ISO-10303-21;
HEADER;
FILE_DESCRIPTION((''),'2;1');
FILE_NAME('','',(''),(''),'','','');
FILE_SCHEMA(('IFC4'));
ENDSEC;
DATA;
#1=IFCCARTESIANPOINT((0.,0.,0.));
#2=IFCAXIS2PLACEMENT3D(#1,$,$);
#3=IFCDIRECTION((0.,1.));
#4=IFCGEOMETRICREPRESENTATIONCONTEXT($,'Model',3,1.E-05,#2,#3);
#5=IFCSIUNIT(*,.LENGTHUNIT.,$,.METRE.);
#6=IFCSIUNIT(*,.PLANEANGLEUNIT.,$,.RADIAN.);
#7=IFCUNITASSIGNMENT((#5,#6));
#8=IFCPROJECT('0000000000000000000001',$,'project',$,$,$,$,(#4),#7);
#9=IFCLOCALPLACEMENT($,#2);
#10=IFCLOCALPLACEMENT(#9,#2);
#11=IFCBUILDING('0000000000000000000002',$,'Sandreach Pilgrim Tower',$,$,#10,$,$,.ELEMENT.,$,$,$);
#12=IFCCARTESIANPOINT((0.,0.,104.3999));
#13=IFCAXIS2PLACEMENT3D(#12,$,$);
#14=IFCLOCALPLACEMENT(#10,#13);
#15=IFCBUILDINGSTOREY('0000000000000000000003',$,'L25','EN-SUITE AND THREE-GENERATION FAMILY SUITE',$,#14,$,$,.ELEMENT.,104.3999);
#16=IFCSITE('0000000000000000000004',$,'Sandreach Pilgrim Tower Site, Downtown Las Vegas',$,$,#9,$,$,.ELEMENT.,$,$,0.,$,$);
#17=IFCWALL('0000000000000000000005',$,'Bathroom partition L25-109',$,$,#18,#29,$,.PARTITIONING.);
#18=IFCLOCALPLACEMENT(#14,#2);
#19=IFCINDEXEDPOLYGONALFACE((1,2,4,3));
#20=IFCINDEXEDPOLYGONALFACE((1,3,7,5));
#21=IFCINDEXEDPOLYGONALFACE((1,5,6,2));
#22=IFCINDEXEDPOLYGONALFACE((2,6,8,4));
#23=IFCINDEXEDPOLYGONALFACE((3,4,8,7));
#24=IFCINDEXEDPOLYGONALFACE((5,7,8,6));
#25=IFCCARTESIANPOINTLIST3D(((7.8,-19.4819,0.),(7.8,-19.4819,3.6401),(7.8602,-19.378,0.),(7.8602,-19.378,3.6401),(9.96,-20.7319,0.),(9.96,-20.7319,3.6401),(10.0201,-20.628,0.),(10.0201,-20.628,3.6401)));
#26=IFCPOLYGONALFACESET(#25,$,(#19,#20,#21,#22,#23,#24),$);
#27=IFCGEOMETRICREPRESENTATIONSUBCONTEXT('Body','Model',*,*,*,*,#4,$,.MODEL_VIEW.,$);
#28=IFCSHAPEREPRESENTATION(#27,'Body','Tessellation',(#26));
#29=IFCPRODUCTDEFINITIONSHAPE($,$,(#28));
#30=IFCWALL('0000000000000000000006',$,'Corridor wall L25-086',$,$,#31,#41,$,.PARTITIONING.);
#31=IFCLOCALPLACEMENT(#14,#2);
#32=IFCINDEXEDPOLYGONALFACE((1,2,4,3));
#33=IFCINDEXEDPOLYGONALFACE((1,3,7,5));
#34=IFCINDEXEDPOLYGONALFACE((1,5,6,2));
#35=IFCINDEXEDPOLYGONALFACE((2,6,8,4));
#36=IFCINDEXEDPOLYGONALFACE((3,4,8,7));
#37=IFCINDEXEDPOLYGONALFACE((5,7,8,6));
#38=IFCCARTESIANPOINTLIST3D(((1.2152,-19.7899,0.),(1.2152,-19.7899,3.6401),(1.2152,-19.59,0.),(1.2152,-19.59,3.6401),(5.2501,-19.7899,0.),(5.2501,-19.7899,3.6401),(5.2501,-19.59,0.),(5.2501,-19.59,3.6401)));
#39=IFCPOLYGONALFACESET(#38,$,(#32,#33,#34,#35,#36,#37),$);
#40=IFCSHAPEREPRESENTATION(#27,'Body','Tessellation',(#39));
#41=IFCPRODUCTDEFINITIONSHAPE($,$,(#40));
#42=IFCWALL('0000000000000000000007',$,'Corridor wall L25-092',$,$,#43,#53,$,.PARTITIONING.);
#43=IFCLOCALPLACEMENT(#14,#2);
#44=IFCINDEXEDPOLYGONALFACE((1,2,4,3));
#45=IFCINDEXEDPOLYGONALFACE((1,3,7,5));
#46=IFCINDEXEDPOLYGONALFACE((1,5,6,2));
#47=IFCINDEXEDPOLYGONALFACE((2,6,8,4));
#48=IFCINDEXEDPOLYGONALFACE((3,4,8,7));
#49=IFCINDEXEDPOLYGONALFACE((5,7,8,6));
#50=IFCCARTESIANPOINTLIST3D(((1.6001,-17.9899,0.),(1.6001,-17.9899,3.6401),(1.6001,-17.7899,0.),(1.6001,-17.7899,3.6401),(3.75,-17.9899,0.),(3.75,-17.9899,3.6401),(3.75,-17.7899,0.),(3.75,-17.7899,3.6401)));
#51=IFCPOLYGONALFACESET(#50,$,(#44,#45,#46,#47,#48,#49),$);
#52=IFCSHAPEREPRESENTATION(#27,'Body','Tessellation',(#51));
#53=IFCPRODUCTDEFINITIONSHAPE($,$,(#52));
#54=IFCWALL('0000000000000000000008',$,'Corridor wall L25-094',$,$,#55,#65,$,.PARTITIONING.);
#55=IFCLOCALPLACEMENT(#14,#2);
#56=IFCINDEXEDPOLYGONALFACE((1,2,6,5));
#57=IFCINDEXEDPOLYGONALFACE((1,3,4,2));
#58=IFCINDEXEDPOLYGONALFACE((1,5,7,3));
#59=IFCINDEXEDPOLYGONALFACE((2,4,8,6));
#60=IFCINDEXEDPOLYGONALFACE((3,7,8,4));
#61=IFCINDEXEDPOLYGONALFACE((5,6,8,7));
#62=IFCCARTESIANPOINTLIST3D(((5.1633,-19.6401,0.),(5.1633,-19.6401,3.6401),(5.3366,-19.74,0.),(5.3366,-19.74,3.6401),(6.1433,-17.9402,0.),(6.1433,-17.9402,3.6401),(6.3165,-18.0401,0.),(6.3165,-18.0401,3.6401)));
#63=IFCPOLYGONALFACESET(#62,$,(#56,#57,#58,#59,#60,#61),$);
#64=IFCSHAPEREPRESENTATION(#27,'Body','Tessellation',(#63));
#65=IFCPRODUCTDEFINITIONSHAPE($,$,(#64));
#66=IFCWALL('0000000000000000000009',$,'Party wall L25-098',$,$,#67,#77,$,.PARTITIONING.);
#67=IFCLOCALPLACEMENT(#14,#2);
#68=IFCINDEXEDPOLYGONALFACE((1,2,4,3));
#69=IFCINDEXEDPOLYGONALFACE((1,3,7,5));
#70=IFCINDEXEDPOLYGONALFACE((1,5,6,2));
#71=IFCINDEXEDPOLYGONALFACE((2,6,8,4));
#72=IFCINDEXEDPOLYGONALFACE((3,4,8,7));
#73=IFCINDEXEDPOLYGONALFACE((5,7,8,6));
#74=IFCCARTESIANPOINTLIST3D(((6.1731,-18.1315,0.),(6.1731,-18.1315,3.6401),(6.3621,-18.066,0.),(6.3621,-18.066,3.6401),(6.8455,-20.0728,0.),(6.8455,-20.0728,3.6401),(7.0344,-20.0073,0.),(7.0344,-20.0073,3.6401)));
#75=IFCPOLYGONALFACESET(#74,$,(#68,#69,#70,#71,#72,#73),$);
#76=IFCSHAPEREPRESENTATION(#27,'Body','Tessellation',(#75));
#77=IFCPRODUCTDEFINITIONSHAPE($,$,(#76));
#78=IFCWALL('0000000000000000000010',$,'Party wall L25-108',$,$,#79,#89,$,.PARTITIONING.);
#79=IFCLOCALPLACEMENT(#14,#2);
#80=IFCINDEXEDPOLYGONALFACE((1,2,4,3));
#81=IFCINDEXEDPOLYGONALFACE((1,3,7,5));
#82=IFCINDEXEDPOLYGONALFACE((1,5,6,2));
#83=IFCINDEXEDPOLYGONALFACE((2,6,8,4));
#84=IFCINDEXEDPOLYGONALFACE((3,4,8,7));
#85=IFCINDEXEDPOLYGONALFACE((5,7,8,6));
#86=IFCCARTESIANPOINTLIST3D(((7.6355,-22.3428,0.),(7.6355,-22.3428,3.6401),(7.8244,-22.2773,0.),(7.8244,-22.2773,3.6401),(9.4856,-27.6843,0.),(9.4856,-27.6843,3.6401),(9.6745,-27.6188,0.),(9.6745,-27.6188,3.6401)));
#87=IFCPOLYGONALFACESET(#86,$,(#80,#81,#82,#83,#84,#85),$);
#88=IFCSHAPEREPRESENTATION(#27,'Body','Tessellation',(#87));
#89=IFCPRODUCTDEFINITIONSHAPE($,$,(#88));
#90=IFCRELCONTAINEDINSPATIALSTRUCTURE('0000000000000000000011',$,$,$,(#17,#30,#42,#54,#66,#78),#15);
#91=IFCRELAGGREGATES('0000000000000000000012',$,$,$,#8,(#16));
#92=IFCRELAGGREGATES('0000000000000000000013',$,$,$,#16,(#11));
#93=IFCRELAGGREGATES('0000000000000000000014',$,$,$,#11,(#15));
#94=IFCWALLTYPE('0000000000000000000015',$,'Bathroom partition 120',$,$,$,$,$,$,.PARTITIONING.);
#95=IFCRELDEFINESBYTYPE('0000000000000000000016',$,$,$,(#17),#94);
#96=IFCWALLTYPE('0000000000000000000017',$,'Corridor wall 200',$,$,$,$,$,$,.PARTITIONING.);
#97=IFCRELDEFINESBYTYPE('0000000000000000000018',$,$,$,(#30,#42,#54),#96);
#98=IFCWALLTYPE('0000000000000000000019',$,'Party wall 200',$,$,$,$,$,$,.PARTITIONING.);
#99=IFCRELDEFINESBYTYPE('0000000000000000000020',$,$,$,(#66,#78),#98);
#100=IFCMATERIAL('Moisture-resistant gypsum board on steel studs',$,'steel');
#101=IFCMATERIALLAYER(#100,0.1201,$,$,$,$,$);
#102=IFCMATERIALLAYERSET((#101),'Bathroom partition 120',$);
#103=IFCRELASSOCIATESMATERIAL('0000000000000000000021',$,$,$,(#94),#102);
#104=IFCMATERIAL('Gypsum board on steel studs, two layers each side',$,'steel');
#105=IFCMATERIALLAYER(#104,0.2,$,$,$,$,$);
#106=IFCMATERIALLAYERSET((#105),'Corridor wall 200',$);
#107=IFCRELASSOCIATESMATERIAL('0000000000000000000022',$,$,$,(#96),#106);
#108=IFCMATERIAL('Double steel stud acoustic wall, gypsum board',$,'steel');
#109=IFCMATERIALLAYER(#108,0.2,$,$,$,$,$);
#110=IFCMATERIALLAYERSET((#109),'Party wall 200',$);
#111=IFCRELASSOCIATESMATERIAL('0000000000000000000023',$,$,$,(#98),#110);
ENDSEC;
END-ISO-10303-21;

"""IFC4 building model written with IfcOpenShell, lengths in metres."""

from ifc_helpers import new_model, si_unit, direction, frame, frame_2d, origin, place, context, subcontext, project, spatial, rectangle, extrude, material, layer, layer_set, type_object, element, save


model = new_model("IFC4")

# Units and contexts
model_context = context("Model", 3, precision=1e-05, world=origin(), true_north=direction((0.0, 1.0)))
body_context = subcontext(model_context, "Body", "Model", "MODEL_VIEW")
ifc_project = project(units=[si_unit("LENGTHUNIT", "METRE"), si_unit("PLANEANGLEUNIT", "RADIAN")], contexts=[model_context])

# Site, building, storey
site_placement = place(None, origin())
site = spatial("IfcSite", under=ifc_project, at=site_placement, Name="Sandreach Pilgrim Tower Site, Downtown Las Vegas", CompositionType="ELEMENT", RefElevation=0.0)
building_placement = place(site_placement, origin())
building = spatial("IfcBuilding", under=site, at=building_placement, Name="Sandreach Pilgrim Tower", CompositionType="ELEMENT")
storey_placement = place(building_placement, frame((0.0, 0.0, 104.3999)))
storey = spatial("IfcBuildingStorey", under=building, at=storey_placement, Name="L25", Description="EN-SUITE AND THREE-GENERATION FAMILY SUITE", CompositionType="ELEMENT", Elevation=104.3999)

# Shared definitions
ifc_material_1 = material(Name="Moisture-resistant gypsum board on steel studs", Category="steel")
ifc_layer_1 = layer(ifc_material_1, 0.1201)
ifc_layer_set_1 = layer_set([ifc_layer_1], Name="Bathroom partition 120")
wall_type_1 = type_object("IfcWallType", Name="Bathroom partition 120", PredefinedType="PARTITIONING", material=ifc_layer_set_1)

# Wall
wall_1_placement = place(storey_placement, frame((7.8301, -19.4299, 0.0), z_axis=(0.0, 0.0, 1.0), x_axis=(0.865509, -0.500894, 0.0)))
element("IfcWall", 1, at=wall_1_placement, inside=storey, type_object=wall_type_1, Name="Bathroom partition L25-109", PredefinedType="PARTITIONING", context=body_context, shape_type="SweptSolid", body=[
    extrude(rectangle(XDim=2.4956, YDim=0.1201, at=frame_2d((1.2478, 0.0))), origin(), (0.0, 0.0, 1.0), 3.6401),
])

# Shared definitions
ifc_material_2 = material(Name="Gypsum board on steel studs, two layers each side", Category="steel")
ifc_layer_2 = layer(ifc_material_2, 0.2)
ifc_layer_set_2 = layer_set([ifc_layer_2], Name="Corridor wall 200")
wall_type_2 = type_object("IfcWallType", Name="Corridor wall 200", PredefinedType="PARTITIONING", material=ifc_layer_set_2)

# Wall
wall_2_placement = place(storey_placement, frame((1.2151, -19.6899, 0.0), z_axis=(0.0, 0.0, 1.0), x_axis=(1.0, 0.0, 0.0)))
element("IfcWall", 2, at=wall_2_placement, inside=storey, type_object=wall_type_2, Name="Corridor wall L25-086", PredefinedType="PARTITIONING", context=body_context, shape_type="SweptSolid", body=[
    extrude(rectangle(XDim=4.0349, YDim=0.2, at=frame_2d((2.0176, 0.0))), origin(), (0.0, 0.0, 1.0), 3.6401),
])

# Walls
wall_3_placement = place(storey_placement, frame((3.75, -17.8899, 0.0), z_axis=(0.0, 0.0, 1.0), x_axis=(-1.0, 0.0, 0.0)))
element("IfcWall", 3, at=wall_3_placement, inside=storey, type_object=wall_type_2, Name="Corridor wall L25-092", PredefinedType="PARTITIONING", context=body_context, shape_type="SweptSolid", body=[
    extrude(rectangle(XDim=2.1499, YDim=0.2, at=frame_2d((1.075, 0.0))), origin(), (0.0, 0.0, 1.0), 3.6401),
])
wall_4_placement = place(storey_placement, frame((5.25, -19.6899, 0.0), z_axis=(0.0, 0.0, 1.0), x_axis=(0.499432, 0.866353, 0.0)))
element("IfcWall", 4, at=wall_4_placement, inside=storey, type_object=wall_type_2, Name="Corridor wall L25-094", PredefinedType="PARTITIONING", context=body_context, shape_type="SweptSolid", body=[
    extrude(rectangle(XDim=1.9622, YDim=0.2, at=frame_2d((0.981, 0.0))), origin(), (0.0, 0.0, 1.0), 3.6401),
])

# Walls
ifc_material_3 = material(Name="Double steel stud acoustic wall, gypsum board", Category="steel")
ifc_layer_3 = layer(ifc_material_3, 0.2)
ifc_layer_set_3 = layer_set([ifc_layer_3], Name="Party wall 200")
wall_type_3 = type_object("IfcWallType", Name="Party wall 200", PredefinedType="PARTITIONING", material=ifc_layer_set_3)
wall_5_placement = place(storey_placement, frame((6.2676, -18.0986, 0.0), z_axis=(0.0, 0.0, 1.0), x_axis=(0.327257, -0.944935, 0.0)))
element("IfcWall", 5, at=wall_5_placement, inside=storey, type_object=wall_type_3, Name="Party wall L25-098", PredefinedType="PARTITIONING", context=body_context, shape_type="SweptSolid", body=[
    extrude(rectangle(XDim=2.0544, YDim=0.2, at=frame_2d((1.0273, 0.0))), origin(), (0.0, 0.0, 1.0), 3.6401),
])
wall_6_placement = place(storey_placement, frame((7.73, -22.3101, 0.0), z_axis=(0.0, 0.0, 1.0), x_axis=(0.327284, -0.944926, 0.0)))
element("IfcWall", 6, at=wall_6_placement, inside=storey, type_object=wall_type_3, Name="Party wall L25-108", PredefinedType="PARTITIONING", context=body_context, shape_type="SweptSolid", body=[
    extrude(rectangle(XDim=5.6528, YDim=0.2, at=frame_2d((2.8264, 0.0))), origin(), (0.0, 0.0, 1.0), 3.6401),
])

save(model, "model.ifc")
